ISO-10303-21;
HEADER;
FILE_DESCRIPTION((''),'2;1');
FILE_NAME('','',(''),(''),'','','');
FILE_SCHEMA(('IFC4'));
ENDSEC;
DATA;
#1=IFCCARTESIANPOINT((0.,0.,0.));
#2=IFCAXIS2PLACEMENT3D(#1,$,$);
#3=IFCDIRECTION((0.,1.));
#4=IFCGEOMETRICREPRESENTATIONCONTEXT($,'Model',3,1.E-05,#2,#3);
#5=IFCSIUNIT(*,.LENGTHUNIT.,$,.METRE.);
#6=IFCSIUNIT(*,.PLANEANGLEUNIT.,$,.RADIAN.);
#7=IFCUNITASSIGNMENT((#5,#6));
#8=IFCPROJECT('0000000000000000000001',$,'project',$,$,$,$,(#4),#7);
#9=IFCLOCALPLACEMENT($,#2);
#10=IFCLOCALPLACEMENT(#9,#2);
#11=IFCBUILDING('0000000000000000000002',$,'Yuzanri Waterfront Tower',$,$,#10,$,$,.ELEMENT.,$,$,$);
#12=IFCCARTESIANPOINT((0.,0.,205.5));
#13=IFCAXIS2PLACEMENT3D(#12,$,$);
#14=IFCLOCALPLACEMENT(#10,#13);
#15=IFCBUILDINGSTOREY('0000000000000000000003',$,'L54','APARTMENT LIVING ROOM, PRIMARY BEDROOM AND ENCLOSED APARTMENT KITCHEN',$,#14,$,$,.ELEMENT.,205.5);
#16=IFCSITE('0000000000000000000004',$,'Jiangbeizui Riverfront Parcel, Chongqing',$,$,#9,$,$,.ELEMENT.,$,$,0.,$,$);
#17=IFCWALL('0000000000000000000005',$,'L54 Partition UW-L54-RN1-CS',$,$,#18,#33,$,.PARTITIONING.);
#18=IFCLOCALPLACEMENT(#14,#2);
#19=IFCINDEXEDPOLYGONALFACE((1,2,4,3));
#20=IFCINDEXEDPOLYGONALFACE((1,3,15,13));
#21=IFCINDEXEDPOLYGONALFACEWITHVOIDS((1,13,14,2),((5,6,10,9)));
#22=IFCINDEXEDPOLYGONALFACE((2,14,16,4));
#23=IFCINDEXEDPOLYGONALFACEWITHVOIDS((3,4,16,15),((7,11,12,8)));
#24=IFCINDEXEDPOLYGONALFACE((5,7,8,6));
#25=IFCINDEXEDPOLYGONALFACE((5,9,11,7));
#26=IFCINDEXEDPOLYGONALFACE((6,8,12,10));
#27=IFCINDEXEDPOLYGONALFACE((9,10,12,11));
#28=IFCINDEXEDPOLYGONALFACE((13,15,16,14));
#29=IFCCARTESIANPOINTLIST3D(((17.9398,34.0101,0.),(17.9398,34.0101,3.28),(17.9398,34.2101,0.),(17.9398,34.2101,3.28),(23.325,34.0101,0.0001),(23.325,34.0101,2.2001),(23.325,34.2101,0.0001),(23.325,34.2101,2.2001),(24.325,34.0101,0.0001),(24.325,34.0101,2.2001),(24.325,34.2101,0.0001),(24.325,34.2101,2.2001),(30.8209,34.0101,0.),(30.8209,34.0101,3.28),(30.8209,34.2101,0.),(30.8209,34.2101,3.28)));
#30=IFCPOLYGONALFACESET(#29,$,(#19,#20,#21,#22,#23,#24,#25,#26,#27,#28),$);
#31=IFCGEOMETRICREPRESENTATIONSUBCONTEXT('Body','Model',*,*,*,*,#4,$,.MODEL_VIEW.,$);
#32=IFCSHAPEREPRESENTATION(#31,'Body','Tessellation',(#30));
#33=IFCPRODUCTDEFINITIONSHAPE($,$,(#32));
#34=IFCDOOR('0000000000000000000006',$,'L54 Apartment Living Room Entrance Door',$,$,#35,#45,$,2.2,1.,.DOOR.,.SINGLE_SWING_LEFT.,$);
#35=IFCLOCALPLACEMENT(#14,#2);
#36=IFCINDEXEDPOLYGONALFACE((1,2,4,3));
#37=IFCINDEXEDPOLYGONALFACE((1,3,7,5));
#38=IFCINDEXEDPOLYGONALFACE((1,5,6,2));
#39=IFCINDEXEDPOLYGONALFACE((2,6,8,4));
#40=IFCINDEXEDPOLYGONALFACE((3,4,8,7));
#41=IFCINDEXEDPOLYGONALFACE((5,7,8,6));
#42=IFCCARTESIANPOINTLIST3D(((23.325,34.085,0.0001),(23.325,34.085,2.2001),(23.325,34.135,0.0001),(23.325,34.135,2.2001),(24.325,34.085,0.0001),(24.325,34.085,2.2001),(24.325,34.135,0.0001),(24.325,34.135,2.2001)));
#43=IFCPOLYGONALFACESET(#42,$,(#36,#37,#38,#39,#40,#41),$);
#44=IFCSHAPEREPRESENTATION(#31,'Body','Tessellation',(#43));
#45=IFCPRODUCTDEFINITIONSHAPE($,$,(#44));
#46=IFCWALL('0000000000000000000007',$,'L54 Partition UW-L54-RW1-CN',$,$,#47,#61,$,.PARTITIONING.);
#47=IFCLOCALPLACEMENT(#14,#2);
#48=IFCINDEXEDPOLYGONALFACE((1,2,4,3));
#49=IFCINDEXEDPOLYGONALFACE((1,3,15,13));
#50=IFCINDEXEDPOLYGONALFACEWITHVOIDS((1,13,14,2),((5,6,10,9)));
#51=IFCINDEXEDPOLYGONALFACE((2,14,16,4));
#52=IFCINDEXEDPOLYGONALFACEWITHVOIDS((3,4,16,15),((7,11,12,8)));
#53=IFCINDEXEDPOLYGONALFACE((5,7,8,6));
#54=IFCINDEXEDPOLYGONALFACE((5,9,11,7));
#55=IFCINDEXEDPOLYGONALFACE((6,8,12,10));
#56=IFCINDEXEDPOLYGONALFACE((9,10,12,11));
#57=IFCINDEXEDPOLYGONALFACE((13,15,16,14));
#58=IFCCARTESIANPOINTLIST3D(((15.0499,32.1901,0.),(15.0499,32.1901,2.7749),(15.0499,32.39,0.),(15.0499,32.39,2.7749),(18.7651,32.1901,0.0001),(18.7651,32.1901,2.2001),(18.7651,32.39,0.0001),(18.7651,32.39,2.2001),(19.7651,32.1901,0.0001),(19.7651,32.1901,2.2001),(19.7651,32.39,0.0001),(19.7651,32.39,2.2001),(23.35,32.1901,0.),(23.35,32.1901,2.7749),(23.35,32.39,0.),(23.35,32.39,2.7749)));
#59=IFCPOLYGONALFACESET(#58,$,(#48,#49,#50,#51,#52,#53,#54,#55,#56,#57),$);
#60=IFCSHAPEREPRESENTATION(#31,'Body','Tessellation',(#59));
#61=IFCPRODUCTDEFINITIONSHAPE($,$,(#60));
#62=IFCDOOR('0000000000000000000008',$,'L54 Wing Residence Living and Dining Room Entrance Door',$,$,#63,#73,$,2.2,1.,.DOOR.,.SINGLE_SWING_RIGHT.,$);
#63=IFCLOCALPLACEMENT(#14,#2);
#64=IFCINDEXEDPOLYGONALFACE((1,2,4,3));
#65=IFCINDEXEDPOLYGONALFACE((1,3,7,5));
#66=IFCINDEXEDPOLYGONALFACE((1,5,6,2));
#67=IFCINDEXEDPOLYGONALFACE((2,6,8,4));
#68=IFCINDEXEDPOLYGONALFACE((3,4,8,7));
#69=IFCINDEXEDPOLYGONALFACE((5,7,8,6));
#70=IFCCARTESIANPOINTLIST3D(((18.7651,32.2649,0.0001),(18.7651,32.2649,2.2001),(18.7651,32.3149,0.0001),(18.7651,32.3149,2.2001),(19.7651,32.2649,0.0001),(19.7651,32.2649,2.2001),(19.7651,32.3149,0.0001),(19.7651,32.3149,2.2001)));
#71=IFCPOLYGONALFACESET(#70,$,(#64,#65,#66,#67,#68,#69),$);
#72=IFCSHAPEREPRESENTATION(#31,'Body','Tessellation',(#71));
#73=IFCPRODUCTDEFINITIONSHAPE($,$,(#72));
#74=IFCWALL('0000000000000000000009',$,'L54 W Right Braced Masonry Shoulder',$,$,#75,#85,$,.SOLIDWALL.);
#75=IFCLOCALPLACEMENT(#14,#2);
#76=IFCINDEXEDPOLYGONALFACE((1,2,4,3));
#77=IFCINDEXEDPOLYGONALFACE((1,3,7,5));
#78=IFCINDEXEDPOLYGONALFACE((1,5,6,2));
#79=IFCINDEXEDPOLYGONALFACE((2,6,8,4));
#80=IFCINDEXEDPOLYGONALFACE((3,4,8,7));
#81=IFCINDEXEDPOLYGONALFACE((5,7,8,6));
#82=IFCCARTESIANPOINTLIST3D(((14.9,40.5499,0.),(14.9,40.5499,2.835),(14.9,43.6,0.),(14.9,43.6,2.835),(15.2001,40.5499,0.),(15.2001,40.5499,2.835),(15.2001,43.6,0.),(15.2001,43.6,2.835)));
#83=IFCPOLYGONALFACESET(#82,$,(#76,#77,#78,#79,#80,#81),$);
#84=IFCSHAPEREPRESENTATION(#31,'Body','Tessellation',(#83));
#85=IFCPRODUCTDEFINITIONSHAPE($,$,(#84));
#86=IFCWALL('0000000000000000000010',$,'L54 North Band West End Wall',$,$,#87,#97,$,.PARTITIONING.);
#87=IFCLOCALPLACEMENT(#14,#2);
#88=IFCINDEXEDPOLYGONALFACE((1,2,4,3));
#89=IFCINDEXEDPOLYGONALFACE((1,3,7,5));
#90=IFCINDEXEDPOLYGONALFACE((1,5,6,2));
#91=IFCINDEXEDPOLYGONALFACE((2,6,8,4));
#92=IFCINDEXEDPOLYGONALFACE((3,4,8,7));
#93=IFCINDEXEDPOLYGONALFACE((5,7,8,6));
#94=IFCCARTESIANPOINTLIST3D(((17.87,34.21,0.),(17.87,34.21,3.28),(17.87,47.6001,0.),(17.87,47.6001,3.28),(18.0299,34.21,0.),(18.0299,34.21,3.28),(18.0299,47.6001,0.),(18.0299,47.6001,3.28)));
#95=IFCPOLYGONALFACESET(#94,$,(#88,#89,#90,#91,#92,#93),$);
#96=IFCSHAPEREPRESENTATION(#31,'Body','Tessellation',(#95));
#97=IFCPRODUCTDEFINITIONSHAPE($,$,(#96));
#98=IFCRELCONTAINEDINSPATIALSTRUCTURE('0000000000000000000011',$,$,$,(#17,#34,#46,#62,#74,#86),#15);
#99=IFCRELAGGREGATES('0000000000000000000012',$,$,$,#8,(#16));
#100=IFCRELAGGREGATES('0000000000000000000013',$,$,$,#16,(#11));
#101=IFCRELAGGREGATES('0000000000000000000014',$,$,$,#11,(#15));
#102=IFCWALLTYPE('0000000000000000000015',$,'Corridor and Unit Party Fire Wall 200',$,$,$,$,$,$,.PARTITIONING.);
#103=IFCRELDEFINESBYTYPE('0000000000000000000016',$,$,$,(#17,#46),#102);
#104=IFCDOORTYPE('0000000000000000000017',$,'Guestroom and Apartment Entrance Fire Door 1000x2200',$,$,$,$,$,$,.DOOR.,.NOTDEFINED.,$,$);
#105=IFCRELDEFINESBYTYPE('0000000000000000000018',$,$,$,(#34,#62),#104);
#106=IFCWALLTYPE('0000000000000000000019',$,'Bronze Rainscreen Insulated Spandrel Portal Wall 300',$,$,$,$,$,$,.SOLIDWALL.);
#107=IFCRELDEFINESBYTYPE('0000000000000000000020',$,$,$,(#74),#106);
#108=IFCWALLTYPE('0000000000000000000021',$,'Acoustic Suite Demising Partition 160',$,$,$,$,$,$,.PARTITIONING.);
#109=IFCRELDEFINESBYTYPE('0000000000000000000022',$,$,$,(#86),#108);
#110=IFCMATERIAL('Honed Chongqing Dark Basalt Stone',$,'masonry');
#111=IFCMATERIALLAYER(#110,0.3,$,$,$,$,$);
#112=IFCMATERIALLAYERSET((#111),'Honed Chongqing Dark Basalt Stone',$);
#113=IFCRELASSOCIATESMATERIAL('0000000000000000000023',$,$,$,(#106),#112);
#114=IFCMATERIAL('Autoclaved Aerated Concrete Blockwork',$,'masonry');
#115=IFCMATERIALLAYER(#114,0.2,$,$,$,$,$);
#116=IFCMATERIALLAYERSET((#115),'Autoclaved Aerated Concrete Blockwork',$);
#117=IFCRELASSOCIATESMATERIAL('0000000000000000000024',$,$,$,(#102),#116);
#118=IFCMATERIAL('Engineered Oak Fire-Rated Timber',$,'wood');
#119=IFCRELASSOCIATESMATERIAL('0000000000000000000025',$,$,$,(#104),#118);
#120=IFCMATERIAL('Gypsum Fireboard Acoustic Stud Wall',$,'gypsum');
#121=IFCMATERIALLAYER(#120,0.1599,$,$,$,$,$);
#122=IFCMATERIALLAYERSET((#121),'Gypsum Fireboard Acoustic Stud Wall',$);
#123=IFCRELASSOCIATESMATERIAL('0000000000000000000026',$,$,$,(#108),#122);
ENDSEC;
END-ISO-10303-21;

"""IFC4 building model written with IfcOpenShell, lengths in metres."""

from ifc_helpers import new_model, si_unit, direction, frame, frame_2d, origin, place, context, subcontext, project, spatial, rectangle, extrude, source, transform, mapped, material, layer, layer_set, type_object, element, fill, save


model = new_model("IFC4")

# Units and contexts
model_context = context("Model", 3, precision=1e-05, world=origin(), true_north=direction((0.0, 1.0)))
body_context = subcontext(model_context, "Body", "Model", "MODEL_VIEW")
ifc_project = project(units=[si_unit("LENGTHUNIT", "METRE"), si_unit("PLANEANGLEUNIT", "RADIAN")], contexts=[model_context])

# Site, building, storey
site_placement = place(None, origin())
site = spatial("IfcSite", under=ifc_project, at=site_placement, Name="Jiangbeizui Riverfront Parcel, Chongqing", CompositionType="ELEMENT", RefElevation=0.0)
building_placement = place(site_placement, origin())
building = spatial("IfcBuilding", under=site, at=building_placement, Name="Yuzanri Waterfront Tower", CompositionType="ELEMENT")
storey_placement = place(building_placement, frame((0.0, 0.0, 205.5)))
storey = spatial("IfcBuildingStorey", under=building, at=storey_placement, Name="L54", Description="APARTMENT LIVING ROOM, PRIMARY BEDROOM AND ENCLOSED APARTMENT KITCHEN", CompositionType="ELEMENT", Elevation=205.5)

# Shared definitions
ifc_material_1 = material(Name="Honed Chongqing Dark Basalt Stone", Category="masonry")
ifc_layer_1 = layer(ifc_material_1, 0.3)
ifc_layer_set_1 = layer_set([ifc_layer_1], Name="Honed Chongqing Dark Basalt Stone")
wall_type_1 = type_object("IfcWallType", Name="Bronze Rainscreen Insulated Spandrel Portal Wall 300", PredefinedType="SOLIDWALL", material=ifc_layer_set_1)

# Walls, openings, doors
ifc_material_2 = material(Name="Autoclaved Aerated Concrete Blockwork", Category="masonry")
ifc_layer_2 = layer(ifc_material_2, 0.2)
ifc_layer_set_2 = layer_set([ifc_layer_2], Name="Autoclaved Aerated Concrete Blockwork")
wall_type_2 = type_object("IfcWallType", Name="Corridor and Unit Party Fire Wall 200", PredefinedType="PARTITIONING", material=ifc_layer_set_2)
wall_1_placement = place(storey_placement, frame((17.9399, 34.1101, 0.0), z_axis=(0.0, 0.0, 1.0), x_axis=(1.0, 0.0, 0.0)))
wall_1 = element("IfcWall", 1, at=wall_1_placement, inside=storey, type_object=wall_type_2, Name="L54 Partition UW-L54-RN1-CS", PredefinedType="PARTITIONING", context=body_context, shape_type="SweptSolid", body=[
    extrude(rectangle(XDim=12.8811, YDim=0.2, at=frame_2d((6.4404, 0.0))), origin(), (0.0, 0.0, 1.0), 3.28),
])
opening_1_placement = place(wall_1_placement, frame((5.385, 0.0, 0.0)))
opening_1 = element("IfcOpeningElement", 2, at=opening_1_placement, cuts=wall_1, PredefinedType="OPENING", context=body_context, shape_type="SweptSolid", body=[
    extrude(rectangle(XDim=1.0, YDim=2.2, at=frame_2d((0.5, 1.1001))), frame((0.0, 0.1147, 0.0), z_axis=(0.0, -1.0, 0.0), x_axis=(1.0, 0.0, 0.0)), (0.0, 0.0, 1.0), 0.2297),
])
ifc_material_3 = material(Name="Engineered Oak Fire-Rated Timber", Category="wood")
door_type_1 = type_object("IfcDoorType", Name="Guestroom and Apartment Entrance Fire Door 1000x2200", OperationType="NOTDEFINED", PredefinedType="DOOR", material=ifc_material_3)
shared_shape_1 = source(origin(), body_context, "Body", "SweptSolid", [
    extrude(rectangle(XDim=1.0, YDim=2.2, at=frame_2d((0.5, 1.1001))), frame((0.0, 0.0249, 0.0), z_axis=(0.0, -1.0, 0.0), x_axis=(1.0, 0.0, 0.0)), (0.0, 0.0, 1.0), 0.05),
])
door_1_placement = place(opening_1_placement, origin())
door_1 = element("IfcDoor", 3, at=door_1_placement, inside=storey, type_object=door_type_1, Name="L54 Apartment Living Room Entrance Door", OperationType="SINGLE_SWING_LEFT", OverallHeight=2.2, OverallWidth=1.0, PredefinedType="DOOR", context=body_context, shape_type="MappedRepresentation", body=[
    mapped(shared_shape_1, transform((0.0, 0.0, 0.0), scale=1.0)),
])
fill(opening_1, door_1)
wall_2_placement = place(storey_placement, frame((15.05, 32.29, 0.0), z_axis=(0.0, 0.0, 1.0), x_axis=(1.0, 0.0, 0.0)))
wall_2 = element("IfcWall", 4, at=wall_2_placement, inside=storey, type_object=wall_type_2, Name="L54 Partition UW-L54-RW1-CN", PredefinedType="PARTITIONING", context=body_context, shape_type="SweptSolid", body=[
    extrude(rectangle(XDim=8.3, YDim=0.2, at=frame_2d((4.1499, 0.0))), origin(), (0.0, 0.0, 1.0), 2.7749),
])
opening_2_placement = place(wall_2_placement, frame((3.7151, 0.0, 0.0)))
opening_2 = element("IfcOpeningElement", 5, at=opening_2_placement, cuts=wall_2, PredefinedType="OPENING", context=body_context, shape_type="SweptSolid", body=[
    extrude(rectangle(XDim=1.0, YDim=2.2, at=frame_2d((0.5, 1.1001))), frame((0.0, 0.1147, 0.0), z_axis=(0.0, -1.0, 0.0), x_axis=(1.0, 0.0, 0.0)), (0.0, 0.0, 1.0), 0.2297),
])
door_2_placement = place(opening_2_placement, origin())
door_2 = element("IfcDoor", 6, at=door_2_placement, inside=storey, type_object=door_type_1, Name="L54 Wing Residence Living and Dining Room Entrance Door", OperationType="SINGLE_SWING_RIGHT", OverallHeight=2.2, OverallWidth=1.0, PredefinedType="DOOR", context=body_context, shape_type="MappedRepresentation", body=[
    mapped(shared_shape_1, transform((0.0, 0.0, 0.0), scale=1.0)),
])
fill(opening_2, door_2)

# Walls
shared_shape_2 = source(origin(), body_context, "Body", "SweptSolid", [
    extrude(rectangle(XDim=3.05, YDim=0.3, at=frame_2d((1.5249, 0.0))), origin(), (0.0, 0.0, 1.0), 2.835),
])
wall_3_placement = place(storey_placement, frame((15.05, 40.55, 0.0), z_axis=(0.0, 0.0, 1.0), x_axis=(0.0, 1.0, 0.0)))
element("IfcWall", 7, at=wall_3_placement, inside=storey, type_object=wall_type_1, Name="L54 W Right Braced Masonry Shoulder", PredefinedType="SOLIDWALL", context=body_context, shape_type="MappedRepresentation", body=[
    mapped(shared_shape_2, transform((0.0, 0.0, 0.0), scale=1.0)),
])
ifc_material_4 = material(Name="Gypsum Fireboard Acoustic Stud Wall", Category="gypsum")
ifc_layer_3 = layer(ifc_material_4, 0.1599)
ifc_layer_set_3 = layer_set([ifc_layer_3], Name="Gypsum Fireboard Acoustic Stud Wall")
wall_type_3 = type_object("IfcWallType", Name="Acoustic Suite Demising Partition 160", PredefinedType="PARTITIONING", material=ifc_layer_set_3)
shared_shape_3 = source(origin(), body_context, "Body", "SweptSolid", [
    extrude(rectangle(XDim=13.3901, YDim=0.1599, at=frame_2d((6.6951, 0.0))), origin(), (0.0, 0.0, 1.0), 3.28),
])
wall_4_placement = place(storey_placement, frame((17.95, 34.21, 0.0), z_axis=(0.0, 0.0, 1.0), x_axis=(0.0, 1.0, 0.0)))
element("IfcWall", 8, at=wall_4_placement, inside=storey, type_object=wall_type_3, Name="L54 North Band West End Wall", PredefinedType="PARTITIONING", context=body_context, shape_type="MappedRepresentation", body=[
    mapped(shared_shape_3, transform((0.0, 0.0, 0.0), scale=1.0)),
])

save(model, "model.ifc")
